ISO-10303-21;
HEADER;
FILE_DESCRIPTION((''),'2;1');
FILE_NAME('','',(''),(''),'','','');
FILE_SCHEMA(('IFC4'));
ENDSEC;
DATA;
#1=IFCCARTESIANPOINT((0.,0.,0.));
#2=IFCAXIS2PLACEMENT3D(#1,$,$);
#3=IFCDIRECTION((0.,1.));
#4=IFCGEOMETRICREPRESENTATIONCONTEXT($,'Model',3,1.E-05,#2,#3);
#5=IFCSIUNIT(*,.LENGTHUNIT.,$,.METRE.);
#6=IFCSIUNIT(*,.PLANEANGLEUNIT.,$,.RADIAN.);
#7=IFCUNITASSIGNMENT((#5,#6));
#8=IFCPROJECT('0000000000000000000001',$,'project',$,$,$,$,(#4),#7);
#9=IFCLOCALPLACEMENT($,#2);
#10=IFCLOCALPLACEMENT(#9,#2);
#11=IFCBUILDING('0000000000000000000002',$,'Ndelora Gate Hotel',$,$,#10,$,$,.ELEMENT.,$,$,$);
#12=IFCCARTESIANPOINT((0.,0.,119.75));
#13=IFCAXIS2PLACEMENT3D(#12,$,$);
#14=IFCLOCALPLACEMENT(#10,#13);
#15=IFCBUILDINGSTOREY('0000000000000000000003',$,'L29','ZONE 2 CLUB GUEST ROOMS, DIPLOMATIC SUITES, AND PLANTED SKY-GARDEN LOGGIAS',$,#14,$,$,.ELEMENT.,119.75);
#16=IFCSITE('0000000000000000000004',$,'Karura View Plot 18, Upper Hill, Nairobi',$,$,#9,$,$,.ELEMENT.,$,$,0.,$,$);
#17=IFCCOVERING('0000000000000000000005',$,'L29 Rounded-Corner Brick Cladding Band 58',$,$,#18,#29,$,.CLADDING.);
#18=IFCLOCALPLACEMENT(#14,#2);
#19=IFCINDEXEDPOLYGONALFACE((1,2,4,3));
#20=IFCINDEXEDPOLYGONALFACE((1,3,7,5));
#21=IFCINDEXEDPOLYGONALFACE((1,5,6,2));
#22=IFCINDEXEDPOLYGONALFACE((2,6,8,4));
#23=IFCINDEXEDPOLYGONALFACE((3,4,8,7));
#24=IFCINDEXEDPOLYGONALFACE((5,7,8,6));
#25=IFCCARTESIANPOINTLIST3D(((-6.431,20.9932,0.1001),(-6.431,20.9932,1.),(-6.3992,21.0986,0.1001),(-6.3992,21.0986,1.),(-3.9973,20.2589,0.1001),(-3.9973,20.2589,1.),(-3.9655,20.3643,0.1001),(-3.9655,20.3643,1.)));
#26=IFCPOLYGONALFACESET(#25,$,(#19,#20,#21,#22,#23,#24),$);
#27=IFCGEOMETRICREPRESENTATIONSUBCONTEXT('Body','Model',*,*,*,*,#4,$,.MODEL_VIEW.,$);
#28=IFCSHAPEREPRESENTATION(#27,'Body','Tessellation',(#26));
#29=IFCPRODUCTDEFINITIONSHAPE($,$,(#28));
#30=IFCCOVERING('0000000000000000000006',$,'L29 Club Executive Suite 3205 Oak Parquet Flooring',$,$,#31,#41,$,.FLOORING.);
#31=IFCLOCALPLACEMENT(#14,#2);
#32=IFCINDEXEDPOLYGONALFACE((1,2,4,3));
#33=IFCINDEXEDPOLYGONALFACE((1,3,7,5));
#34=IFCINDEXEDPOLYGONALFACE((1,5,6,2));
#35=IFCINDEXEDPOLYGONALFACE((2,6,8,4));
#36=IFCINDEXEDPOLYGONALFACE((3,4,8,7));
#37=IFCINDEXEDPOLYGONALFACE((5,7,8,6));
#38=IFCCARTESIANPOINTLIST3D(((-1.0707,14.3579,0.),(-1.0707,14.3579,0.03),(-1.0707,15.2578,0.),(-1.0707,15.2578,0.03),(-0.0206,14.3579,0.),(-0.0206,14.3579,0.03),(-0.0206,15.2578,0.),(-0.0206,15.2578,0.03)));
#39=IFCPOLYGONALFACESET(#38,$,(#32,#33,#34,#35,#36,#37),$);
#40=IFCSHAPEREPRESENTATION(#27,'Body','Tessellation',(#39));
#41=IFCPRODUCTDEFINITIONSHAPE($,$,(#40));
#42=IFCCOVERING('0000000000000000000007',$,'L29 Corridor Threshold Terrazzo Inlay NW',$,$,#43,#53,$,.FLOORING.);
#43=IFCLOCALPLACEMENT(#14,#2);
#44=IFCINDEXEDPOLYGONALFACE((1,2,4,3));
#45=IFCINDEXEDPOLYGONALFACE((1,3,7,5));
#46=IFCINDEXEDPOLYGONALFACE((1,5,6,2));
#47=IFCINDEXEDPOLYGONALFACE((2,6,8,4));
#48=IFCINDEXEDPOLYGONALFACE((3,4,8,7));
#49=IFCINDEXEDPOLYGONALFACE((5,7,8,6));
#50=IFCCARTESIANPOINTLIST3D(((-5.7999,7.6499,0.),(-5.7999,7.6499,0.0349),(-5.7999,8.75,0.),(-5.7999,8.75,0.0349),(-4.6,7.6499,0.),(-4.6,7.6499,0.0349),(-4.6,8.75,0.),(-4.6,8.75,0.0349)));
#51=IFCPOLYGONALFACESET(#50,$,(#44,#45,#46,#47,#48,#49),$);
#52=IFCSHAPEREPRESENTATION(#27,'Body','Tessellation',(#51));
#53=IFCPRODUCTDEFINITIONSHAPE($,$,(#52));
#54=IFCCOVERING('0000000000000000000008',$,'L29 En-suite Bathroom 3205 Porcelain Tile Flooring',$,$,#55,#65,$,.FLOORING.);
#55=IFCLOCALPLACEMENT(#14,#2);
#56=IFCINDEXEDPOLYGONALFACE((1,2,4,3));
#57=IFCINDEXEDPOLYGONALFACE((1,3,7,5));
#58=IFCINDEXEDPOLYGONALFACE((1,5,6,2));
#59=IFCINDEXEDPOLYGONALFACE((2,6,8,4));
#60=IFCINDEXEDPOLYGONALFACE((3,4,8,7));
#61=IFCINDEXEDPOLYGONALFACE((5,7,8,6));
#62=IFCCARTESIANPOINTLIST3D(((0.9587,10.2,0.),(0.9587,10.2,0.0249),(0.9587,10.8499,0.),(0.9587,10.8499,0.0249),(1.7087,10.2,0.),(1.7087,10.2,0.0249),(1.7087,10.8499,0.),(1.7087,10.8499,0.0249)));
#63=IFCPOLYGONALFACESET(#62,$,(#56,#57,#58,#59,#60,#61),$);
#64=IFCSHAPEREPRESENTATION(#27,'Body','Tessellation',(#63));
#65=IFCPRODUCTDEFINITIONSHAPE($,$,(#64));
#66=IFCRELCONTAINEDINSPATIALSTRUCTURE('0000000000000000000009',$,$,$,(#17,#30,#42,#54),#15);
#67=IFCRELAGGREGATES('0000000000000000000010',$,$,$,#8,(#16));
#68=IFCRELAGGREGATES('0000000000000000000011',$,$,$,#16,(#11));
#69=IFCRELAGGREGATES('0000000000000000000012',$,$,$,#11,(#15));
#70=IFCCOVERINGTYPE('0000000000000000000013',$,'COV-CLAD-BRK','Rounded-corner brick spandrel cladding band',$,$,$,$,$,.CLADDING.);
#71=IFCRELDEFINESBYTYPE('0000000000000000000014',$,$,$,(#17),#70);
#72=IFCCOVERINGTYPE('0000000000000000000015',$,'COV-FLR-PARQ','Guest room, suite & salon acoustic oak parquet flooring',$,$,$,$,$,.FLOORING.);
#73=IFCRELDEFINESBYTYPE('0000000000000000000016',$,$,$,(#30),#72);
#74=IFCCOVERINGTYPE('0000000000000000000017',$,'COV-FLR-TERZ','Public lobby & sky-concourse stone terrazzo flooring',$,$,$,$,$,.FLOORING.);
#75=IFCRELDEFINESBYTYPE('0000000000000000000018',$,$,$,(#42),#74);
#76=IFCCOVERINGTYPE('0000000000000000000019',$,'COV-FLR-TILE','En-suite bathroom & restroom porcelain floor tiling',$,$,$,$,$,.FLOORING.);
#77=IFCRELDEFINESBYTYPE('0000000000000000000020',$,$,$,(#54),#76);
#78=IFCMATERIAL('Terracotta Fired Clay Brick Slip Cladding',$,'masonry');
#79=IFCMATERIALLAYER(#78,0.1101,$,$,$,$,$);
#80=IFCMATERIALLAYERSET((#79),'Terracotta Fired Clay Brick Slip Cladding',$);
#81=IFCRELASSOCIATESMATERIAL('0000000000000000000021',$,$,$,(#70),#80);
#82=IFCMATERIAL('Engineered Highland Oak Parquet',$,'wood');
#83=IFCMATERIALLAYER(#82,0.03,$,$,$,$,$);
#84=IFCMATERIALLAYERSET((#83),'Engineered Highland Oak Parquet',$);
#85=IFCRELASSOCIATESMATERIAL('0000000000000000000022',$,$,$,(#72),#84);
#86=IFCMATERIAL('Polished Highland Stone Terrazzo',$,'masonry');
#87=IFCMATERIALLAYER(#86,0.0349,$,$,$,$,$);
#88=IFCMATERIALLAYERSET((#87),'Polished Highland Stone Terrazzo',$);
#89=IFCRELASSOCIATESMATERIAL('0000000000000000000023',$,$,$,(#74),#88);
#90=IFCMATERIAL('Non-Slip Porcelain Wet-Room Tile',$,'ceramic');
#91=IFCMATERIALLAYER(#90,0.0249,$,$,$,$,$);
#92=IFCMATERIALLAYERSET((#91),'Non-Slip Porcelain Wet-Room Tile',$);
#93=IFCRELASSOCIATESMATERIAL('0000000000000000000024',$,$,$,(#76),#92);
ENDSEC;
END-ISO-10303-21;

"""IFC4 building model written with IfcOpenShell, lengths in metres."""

from ifc_helpers import new_model, si_unit, direction, frame, origin, origin_2d, place, context, subcontext, project, spatial, rectangle, extrude, material, layer, layer_set, type_object, element, save


model = new_model("IFC4")

# Units and contexts
model_context = context("Model", 3, precision=1e-05, world=origin(), true_north=direction((0.0, 1.0)))
body_context = subcontext(model_context, "Body", "Model", "MODEL_VIEW")
ifc_project = project(units=[si_unit("LENGTHUNIT", "METRE"), si_unit("PLANEANGLEUNIT", "RADIAN")], contexts=[model_context])

# Site, building, storey
site_placement = place(None, origin())
site = spatial("IfcSite", under=ifc_project, at=site_placement, Name="Karura View Plot 18, Upper Hill, Nairobi", CompositionType="ELEMENT", RefElevation=0.0)
building_placement = place(site_placement, origin())
building = spatial("IfcBuilding", under=site, at=building_placement, Name="Ndelora Gate Hotel", CompositionType="ELEMENT")
storey_placement = place(building_placement, frame((0.0, 0.0, 119.75)))
storey = spatial("IfcBuildingStorey", under=building, at=storey_placement, Name="L29", Description="ZONE 2 CLUB GUEST ROOMS, DIPLOMATIC SUITES, AND PLANTED SKY-GARDEN LOGGIAS", CompositionType="ELEMENT", Elevation=119.75)

# Coverings
ifc_material_1 = material(Name="Terracotta Fired Clay Brick Slip Cladding", Category="masonry")
ifc_layer_1 = layer(ifc_material_1, 0.1101)
ifc_layer_set_1 = layer_set([ifc_layer_1], Name="Terracotta Fired Clay Brick Slip Cladding")
covering_type_1 = type_object("IfcCoveringType", Name="COV-CLAD-BRK", Description="Rounded-corner brick spandrel cladding band", PredefinedType="CLADDING", material=ifc_layer_set_1)
covering_1_placement = place(storey_placement, frame((-5.1982, 20.6787, 0.1001), z_axis=(0.0, 0.0, 1.0), x_axis=(-0.95737, 0.288865, 0.0)))
element("IfcCovering", 1, at=covering_1_placement, inside=storey, type_object=covering_type_1, Name="L29 Rounded-Corner Brick Cladding Band 58", PredefinedType="CLADDING", context=body_context, shape_type="SweptSolid", body=[
    extrude(rectangle(XDim=2.542, YDim=0.1101, at=origin_2d()), origin(), (0.0, 0.0, 1.0), 0.8999),
])
ifc_material_2 = material(Name="Engineered Highland Oak Parquet", Category="wood")
ifc_layer_2 = layer(ifc_material_2, 0.03)
ifc_layer_set_2 = layer_set([ifc_layer_2], Name="Engineered Highland Oak Parquet")
covering_type_2 = type_object("IfcCoveringType", Name="COV-FLR-PARQ", Description="Guest room, suite & salon acoustic oak parquet flooring", PredefinedType="FLOORING", material=ifc_layer_set_2)
covering_2_placement = place(storey_placement, frame((-0.5457, 14.8079, 0.0), z_axis=(0.0, 0.0, 1.0), x_axis=(1.0, 0.0, 0.0)))
element("IfcCovering", 2, at=covering_2_placement, inside=storey, type_object=covering_type_2, Name="L29 Club Executive Suite 3205 Oak Parquet Flooring", PredefinedType="FLOORING", context=body_context, shape_type="SweptSolid", body=[
    extrude(rectangle(XDim=1.05, YDim=0.8999, at=origin_2d()), origin(), (0.0, 0.0, 1.0), 0.03),
])
ifc_material_3 = material(Name="Polished Highland Stone Terrazzo", Category="masonry")
ifc_layer_3 = layer(ifc_material_3, 0.0349)
ifc_layer_set_3 = layer_set([ifc_layer_3], Name="Polished Highland Stone Terrazzo")
covering_type_3 = type_object("IfcCoveringType", Name="COV-FLR-TERZ", Description="Public lobby & sky-concourse stone terrazzo flooring", PredefinedType="FLOORING", material=ifc_layer_set_3)
covering_3_placement = place(storey_placement, frame((-5.2, 8.2, 0.0), z_axis=(0.0, 0.0, 1.0), x_axis=(1.0, 0.0, 0.0)))
element("IfcCovering", 3, at=covering_3_placement, inside=storey, type_object=covering_type_3, Name="L29 Corridor Threshold Terrazzo Inlay NW", PredefinedType="FLOORING", context=body_context, shape_type="SweptSolid", body=[
    extrude(rectangle(XDim=1.2, YDim=1.1001, at=origin_2d()), origin(), (0.0, 0.0, 1.0), 0.0349),
])
ifc_material_4 = material(Name="Non-Slip Porcelain Wet-Room Tile", Category="ceramic")
ifc_layer_4 = layer(ifc_material_4, 0.0249)
ifc_layer_set_4 = layer_set([ifc_layer_4], Name="Non-Slip Porcelain Wet-Room Tile")
covering_type_4 = type_object("IfcCoveringType", Name="COV-FLR-TILE", Description="En-suite bathroom & restroom porcelain floor tiling", PredefinedType="FLOORING", material=ifc_layer_set_4)
covering_4_placement = place(storey_placement, frame((1.3337, 10.5249, 0.0), z_axis=(0.0, 0.0, 1.0), x_axis=(1.0, 0.0, 0.0)))
element("IfcCovering", 4, at=covering_4_placement, inside=storey, type_object=covering_type_4, Name="L29 En-suite Bathroom 3205 Porcelain Tile Flooring", PredefinedType="FLOORING", context=body_context, shape_type="SweptSolid", body=[
    extrude(rectangle(XDim=0.75, YDim=0.6499, at=origin_2d()), origin(), (0.0, 0.0, 1.0), 0.0249),
])

save(model, "model.ifc")
